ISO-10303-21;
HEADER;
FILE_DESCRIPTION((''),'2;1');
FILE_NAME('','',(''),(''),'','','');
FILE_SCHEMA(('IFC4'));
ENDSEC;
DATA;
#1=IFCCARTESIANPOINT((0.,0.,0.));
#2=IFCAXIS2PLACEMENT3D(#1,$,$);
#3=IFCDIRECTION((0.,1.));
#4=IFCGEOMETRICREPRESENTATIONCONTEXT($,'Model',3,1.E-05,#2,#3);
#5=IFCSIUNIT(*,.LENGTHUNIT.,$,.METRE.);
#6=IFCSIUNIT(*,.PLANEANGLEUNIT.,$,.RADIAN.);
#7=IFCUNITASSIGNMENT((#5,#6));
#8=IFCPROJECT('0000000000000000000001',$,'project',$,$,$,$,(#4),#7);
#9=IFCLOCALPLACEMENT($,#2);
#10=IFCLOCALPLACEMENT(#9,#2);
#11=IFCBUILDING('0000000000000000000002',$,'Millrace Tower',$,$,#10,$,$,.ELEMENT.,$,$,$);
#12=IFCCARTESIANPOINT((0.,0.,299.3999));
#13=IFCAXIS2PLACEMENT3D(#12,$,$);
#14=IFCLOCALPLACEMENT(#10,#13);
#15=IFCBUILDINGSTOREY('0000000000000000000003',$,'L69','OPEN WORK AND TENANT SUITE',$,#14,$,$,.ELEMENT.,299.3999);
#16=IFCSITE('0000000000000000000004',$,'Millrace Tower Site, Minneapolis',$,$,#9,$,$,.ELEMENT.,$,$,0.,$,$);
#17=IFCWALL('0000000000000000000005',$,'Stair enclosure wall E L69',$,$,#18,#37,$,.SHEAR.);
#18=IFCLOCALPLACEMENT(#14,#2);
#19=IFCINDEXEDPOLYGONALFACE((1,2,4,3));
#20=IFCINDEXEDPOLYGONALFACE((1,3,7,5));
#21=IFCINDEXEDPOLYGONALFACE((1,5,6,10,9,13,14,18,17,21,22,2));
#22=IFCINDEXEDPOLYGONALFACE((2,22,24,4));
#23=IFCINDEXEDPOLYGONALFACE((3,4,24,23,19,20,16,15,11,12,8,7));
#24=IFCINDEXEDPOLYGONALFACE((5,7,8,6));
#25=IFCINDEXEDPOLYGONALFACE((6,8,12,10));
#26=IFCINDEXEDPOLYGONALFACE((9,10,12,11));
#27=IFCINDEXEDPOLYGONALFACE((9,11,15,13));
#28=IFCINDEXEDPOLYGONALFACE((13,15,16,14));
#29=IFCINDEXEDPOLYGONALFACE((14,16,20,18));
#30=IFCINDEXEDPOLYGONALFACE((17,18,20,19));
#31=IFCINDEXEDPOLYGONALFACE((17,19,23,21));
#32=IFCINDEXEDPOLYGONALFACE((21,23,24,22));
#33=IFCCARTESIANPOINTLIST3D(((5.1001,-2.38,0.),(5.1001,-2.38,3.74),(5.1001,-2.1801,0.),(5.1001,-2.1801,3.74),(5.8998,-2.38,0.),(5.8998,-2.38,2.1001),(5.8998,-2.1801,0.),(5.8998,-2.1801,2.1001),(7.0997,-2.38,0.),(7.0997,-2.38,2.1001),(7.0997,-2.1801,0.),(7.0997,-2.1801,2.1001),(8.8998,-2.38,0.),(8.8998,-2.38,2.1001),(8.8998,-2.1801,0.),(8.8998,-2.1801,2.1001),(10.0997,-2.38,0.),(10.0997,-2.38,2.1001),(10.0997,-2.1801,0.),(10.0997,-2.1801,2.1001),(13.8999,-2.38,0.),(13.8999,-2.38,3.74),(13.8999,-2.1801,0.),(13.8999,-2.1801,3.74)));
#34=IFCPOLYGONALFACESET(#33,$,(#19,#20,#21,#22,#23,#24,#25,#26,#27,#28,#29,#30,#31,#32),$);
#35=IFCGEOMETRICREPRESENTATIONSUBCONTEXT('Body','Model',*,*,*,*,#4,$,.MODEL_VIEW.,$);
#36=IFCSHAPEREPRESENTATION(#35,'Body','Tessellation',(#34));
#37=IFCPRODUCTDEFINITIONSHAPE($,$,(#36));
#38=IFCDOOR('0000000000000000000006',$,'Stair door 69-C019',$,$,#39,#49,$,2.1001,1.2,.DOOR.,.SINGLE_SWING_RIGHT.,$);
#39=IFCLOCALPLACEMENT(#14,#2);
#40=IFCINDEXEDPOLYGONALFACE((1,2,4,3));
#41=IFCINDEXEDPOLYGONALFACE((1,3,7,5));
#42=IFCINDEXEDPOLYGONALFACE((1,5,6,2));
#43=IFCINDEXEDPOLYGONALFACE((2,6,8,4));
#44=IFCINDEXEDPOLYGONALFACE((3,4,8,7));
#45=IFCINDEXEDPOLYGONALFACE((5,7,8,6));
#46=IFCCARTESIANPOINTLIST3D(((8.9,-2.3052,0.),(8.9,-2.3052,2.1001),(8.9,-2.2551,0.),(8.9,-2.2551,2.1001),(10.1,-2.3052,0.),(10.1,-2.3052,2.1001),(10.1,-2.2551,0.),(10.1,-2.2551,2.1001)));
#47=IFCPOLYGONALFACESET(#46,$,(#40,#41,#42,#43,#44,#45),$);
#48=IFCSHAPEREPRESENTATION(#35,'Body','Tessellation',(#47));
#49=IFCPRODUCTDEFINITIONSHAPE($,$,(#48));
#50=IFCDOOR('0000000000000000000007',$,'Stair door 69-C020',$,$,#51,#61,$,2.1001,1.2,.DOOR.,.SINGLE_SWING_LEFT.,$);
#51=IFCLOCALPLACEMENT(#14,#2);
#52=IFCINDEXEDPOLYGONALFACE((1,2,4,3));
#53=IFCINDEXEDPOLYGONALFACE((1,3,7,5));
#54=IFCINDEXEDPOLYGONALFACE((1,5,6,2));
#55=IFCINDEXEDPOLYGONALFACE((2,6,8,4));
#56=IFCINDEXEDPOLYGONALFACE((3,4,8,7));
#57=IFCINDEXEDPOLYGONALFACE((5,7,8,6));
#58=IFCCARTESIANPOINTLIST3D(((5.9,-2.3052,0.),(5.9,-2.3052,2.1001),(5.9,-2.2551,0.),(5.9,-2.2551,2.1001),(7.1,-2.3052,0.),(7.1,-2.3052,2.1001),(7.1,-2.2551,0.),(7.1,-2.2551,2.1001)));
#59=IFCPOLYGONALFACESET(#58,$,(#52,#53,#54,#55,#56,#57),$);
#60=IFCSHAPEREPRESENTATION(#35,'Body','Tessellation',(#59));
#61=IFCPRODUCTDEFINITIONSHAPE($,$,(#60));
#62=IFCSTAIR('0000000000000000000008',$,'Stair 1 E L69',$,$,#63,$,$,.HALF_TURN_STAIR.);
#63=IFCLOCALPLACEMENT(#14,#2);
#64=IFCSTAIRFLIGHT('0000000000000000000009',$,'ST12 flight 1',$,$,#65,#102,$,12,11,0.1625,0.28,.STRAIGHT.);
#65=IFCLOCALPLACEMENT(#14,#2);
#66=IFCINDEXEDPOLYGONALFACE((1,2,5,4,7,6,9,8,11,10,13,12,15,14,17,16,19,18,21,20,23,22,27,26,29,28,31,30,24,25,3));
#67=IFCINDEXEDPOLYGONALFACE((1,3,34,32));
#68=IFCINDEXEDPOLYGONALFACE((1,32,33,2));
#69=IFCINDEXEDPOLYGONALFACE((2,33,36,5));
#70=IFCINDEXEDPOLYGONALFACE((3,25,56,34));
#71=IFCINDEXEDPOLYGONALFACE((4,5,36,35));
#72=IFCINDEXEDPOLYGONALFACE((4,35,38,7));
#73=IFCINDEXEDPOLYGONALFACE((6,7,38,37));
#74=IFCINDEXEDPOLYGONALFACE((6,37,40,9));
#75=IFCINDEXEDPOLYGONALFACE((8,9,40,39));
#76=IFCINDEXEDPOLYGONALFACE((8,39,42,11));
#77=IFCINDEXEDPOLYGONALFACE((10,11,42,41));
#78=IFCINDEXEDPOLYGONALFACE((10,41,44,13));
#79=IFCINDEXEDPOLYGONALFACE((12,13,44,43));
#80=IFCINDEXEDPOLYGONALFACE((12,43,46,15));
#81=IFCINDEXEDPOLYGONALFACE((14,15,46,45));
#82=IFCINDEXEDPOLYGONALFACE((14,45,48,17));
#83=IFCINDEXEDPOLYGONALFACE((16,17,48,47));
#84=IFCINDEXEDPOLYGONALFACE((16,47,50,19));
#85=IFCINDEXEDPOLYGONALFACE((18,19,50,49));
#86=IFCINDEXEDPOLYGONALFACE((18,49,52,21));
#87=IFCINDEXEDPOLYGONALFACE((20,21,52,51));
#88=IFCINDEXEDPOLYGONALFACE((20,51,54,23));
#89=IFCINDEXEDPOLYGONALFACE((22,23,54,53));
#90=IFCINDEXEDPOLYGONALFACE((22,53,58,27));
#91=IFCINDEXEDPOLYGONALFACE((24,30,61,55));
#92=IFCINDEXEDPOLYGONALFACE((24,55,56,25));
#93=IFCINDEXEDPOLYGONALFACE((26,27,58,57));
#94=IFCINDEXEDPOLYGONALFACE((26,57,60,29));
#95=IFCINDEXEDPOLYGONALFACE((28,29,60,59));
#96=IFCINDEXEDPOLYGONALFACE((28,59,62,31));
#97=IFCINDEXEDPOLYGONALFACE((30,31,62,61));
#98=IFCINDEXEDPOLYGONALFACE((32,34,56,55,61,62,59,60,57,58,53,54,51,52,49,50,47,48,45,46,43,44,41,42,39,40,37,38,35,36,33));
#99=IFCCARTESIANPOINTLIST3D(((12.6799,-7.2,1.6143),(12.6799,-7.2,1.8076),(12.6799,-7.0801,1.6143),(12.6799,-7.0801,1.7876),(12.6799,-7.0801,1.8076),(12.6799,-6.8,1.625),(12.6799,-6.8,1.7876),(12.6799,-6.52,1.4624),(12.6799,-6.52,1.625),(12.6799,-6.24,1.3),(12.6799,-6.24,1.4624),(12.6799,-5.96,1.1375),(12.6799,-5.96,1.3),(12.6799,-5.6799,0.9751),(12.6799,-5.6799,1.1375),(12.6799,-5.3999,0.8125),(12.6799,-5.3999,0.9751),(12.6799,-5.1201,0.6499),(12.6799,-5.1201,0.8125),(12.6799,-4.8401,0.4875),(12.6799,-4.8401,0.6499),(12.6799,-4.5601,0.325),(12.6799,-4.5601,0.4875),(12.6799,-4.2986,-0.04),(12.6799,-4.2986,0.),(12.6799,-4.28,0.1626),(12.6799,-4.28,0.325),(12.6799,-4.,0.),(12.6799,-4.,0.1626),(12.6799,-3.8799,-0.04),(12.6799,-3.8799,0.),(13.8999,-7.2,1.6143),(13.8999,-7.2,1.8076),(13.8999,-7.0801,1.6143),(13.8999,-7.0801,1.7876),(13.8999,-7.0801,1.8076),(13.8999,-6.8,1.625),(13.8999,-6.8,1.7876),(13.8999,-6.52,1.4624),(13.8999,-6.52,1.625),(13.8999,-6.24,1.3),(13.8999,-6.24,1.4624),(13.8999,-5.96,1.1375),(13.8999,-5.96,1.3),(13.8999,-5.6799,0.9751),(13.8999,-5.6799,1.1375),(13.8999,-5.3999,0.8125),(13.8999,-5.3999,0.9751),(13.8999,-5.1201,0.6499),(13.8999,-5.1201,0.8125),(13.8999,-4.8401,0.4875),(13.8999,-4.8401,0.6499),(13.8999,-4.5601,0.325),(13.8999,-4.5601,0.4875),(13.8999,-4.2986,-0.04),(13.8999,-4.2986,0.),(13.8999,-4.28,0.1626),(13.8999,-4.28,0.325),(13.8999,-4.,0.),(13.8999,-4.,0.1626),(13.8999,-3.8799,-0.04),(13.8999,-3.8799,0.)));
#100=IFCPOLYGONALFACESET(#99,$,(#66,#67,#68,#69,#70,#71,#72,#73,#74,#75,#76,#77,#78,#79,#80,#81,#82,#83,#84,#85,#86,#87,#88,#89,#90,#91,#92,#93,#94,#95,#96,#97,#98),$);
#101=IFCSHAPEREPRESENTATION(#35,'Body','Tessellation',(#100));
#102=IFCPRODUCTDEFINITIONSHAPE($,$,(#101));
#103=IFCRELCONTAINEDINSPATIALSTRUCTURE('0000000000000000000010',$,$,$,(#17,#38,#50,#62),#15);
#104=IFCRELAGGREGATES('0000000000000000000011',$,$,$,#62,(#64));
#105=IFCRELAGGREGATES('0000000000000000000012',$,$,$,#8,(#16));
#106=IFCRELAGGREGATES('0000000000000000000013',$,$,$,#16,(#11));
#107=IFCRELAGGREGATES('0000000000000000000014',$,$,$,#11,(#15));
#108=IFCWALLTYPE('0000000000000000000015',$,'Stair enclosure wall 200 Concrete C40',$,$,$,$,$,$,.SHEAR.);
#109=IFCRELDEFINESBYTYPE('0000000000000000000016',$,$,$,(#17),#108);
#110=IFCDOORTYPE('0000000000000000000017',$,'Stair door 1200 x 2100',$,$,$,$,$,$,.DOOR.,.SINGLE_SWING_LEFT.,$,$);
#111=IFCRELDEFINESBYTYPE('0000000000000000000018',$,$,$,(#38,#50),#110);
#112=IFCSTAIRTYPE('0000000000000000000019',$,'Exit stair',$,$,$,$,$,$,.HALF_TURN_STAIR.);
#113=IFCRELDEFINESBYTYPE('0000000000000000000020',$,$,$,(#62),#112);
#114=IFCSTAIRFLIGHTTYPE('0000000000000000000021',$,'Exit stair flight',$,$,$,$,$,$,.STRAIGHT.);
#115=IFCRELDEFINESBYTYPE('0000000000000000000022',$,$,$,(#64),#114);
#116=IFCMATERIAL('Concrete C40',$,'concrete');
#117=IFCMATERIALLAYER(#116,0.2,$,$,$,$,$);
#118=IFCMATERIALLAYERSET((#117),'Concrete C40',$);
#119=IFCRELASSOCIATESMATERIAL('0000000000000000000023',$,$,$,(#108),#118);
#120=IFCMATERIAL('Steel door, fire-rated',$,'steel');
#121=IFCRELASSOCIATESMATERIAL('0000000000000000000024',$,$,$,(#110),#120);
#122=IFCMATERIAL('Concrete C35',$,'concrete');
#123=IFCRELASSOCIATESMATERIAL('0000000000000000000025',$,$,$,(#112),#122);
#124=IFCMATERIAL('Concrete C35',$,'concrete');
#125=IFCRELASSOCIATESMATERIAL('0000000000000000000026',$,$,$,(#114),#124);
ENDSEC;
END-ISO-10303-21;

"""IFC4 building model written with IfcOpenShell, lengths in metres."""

from ifc_helpers import new_model, si_unit, direction, frame, frame_2d, origin, place, context, subcontext, project, spatial, polyline, rectangle, outline, extrude, material, layer, layer_set, type_object, element, fill, aggregate, save


model = new_model("IFC4")

# Units and contexts
model_context = context("Model", 3, precision=1e-05, world=origin(), true_north=direction((0.0, 1.0)))
body_context = subcontext(model_context, "Body", "Model", "MODEL_VIEW")
ifc_project = project(units=[si_unit("LENGTHUNIT", "METRE"), si_unit("PLANEANGLEUNIT", "RADIAN")], contexts=[model_context])

# Site, building, storey
site_placement = place(None, origin())
site = spatial("IfcSite", under=ifc_project, at=site_placement, Name="Millrace Tower Site, Minneapolis", CompositionType="ELEMENT", RefElevation=0.0)
building_placement = place(site_placement, origin())
building = spatial("IfcBuilding", under=site, at=building_placement, Name="Millrace Tower", CompositionType="ELEMENT")
storey_placement = place(building_placement, frame((0.0, 0.0, 299.3999)))
storey = spatial("IfcBuildingStorey", under=building, at=storey_placement, Name="L69", Description="OPEN WORK AND TENANT SUITE", CompositionType="ELEMENT", Elevation=299.3999)

# Shared definitions
placement = place(storey_placement, origin())

# Shared definitions
ifc_material_1 = material(Name="Concrete C40", Category="concrete")
ifc_layer_1 = layer(ifc_material_1, 0.2)
ifc_layer_set_1 = layer_set([ifc_layer_1], Name="Concrete C40")
wall_type_1 = type_object("IfcWallType", Name="Stair enclosure wall 200 Concrete C40", PredefinedType="SHEAR", material=ifc_layer_set_1)

# Wall, openings, doors
wall_1_placement = place(storey_placement, frame((13.8999, -2.28, 0.0), z_axis=(0.0, 0.0, 1.0), x_axis=(-1.0, 0.0, 0.0)))
wall_1 = element("IfcWall", 1, at=wall_1_placement, inside=storey, type_object=wall_type_1, Name="Stair enclosure wall E L69", PredefinedType="SHEAR", context=body_context, shape_type="SweptSolid", body=[
    extrude(rectangle(XDim=8.7998, YDim=0.2, at=frame_2d((4.3999, 0.0))), origin(), (0.0, 0.0, 1.0), 3.74),
])
opening_1_placement = place(wall_1_placement, frame((3.8, 0.0, 0.0)))
opening_1 = element("IfcOpeningElement", 2, at=opening_1_placement, cuts=wall_1, PredefinedType="OPENING", context=body_context, shape_type="SweptSolid", body=[
    extrude(rectangle(XDim=1.2, YDim=2.1001, at=frame_2d((0.6001, 1.05))), frame((0.0, 0.1099, 0.0), z_axis=(0.0, -1.0, 0.0), x_axis=(1.0, 0.0, 0.0)), (0.0, 0.0, 1.0), 0.22),
])
opening_2_placement = place(wall_1_placement, frame((6.8, 0.0, 0.0)))
opening_2 = element("IfcOpeningElement", 3, at=opening_2_placement, cuts=wall_1, PredefinedType="OPENING", context=body_context, shape_type="SweptSolid", body=[
    extrude(rectangle(XDim=1.2, YDim=2.1001, at=frame_2d((0.6001, 1.05))), frame((0.0, 0.1099, 0.0), z_axis=(0.0, -1.0, 0.0), x_axis=(1.0, 0.0, 0.0)), (0.0, 0.0, 1.0), 0.22),
])
ifc_material_2 = material(Name="Steel door, fire-rated", Category="steel")
door_type_1 = type_object("IfcDoorType", Name="Stair door 1200 x 2100", OperationType="SINGLE_SWING_LEFT", PredefinedType="DOOR", material=ifc_material_2)
door_1_placement = place(opening_1_placement, frame((1.2, 0.0, 0.0), z_axis=(0.0, 0.0, 1.0), x_axis=(-1.0, 0.0, 0.0)))
door_1 = element("IfcDoor", 4, at=door_1_placement, inside=storey, type_object=door_type_1, Name="Stair door 69-C019", OperationType="SINGLE_SWING_RIGHT", OverallHeight=2.1001, OverallWidth=1.2, PredefinedType="DOOR", context=body_context, shape_type="SweptSolid", body=[
    extrude(rectangle(XDim=1.2, YDim=2.1001, at=frame_2d((0.6001, 1.05))), frame((0.0, 0.0249, 0.0), z_axis=(0.0, -1.0, 0.0), x_axis=(1.0, 0.0, 0.0)), (0.0, 0.0, 1.0), 0.05),
])
fill(opening_1, door_1)
door_2_placement = place(opening_2_placement, frame((1.2, 0.0, 0.0), z_axis=(0.0, 0.0, 1.0), x_axis=(-1.0, 0.0, 0.0)))
door_2 = element("IfcDoor", 5, at=door_2_placement, inside=storey, type_object=door_type_1, Name="Stair door 69-C020", OperationType="SINGLE_SWING_LEFT", OverallHeight=2.1001, OverallWidth=1.2, PredefinedType="DOOR", context=body_context, shape_type="SweptSolid", body=[
    extrude(rectangle(XDim=1.2, YDim=2.1001, at=frame_2d((0.6001, 1.05))), frame((0.0, 0.0249, 0.0), z_axis=(0.0, -1.0, 0.0), x_axis=(1.0, 0.0, 0.0)), (0.0, 0.0, 1.0), 0.05),
])
fill(opening_2, door_2)

# Stair, stair flight
ifc_material_3 = material(Name="Concrete C35", Category="concrete")
stair_type = type_object("IfcStairType", Name="Exit stair", PredefinedType="HALF_TURN_STAIR", material=ifc_material_3)
stair = element("IfcStair", 6, at=placement, inside=storey, type_object=stair_type, Name="Stair 1 E L69", PredefinedType="HALF_TURN_STAIR")
ifc_material_4 = material(Name="Concrete C35", Category="concrete")
stair_flight_type = type_object("IfcStairFlightType", Name="Exit stair flight", PredefinedType="STRAIGHT", material=ifc_material_4)
stair_flight_placement = place(storey_placement, frame((13.29, -4.0, 0.0), z_axis=(0.0, 0.0, 1.0), x_axis=(0.0, -1.0, 0.0)))
stair_flight = element("IfcStairFlight", 7, at=stair_flight_placement, type_object=stair_flight_type, Name="ST12 flight 1", NumberOfRisers=12, NumberOfTreads=11, PredefinedType="STRAIGHT", RiserHeight=0.1625, TreadLength=0.28, context=body_context, shape_type="SweptSolid", body=[
    extrude(outline(polyline([(-0.1201, -0.04), (-0.1201, 0.0), (0.0, 0.0), (0.0, 0.1626), (0.28, 0.1626), (0.28, 0.325), (0.5601, 0.325), (0.5601, 0.4875), (0.8401, 0.4875), (0.8401, 0.6499), (1.1201, 0.6499), (1.1201, 0.8125), (1.3999, 0.8125), (1.3999, 0.9751), (1.6799, 0.9751), (1.6799, 1.1375), (1.96, 1.1375), (1.96, 1.3), (2.24, 1.3), (2.24, 1.4624), (2.52, 1.4624), (2.52, 1.625), (2.8, 1.625), (2.8, 1.7876), (3.0801, 1.7876), (3.0801, 1.8076), (3.2, 1.8076), (3.2, 1.6143), (3.0801, 1.6143), (0.2986, 0.0), (0.2986, -0.04), (-0.1201, -0.04)])), frame((0.0, 0.6099, 0.0), z_axis=(0.0, -1.0, 0.0), x_axis=(1.0, 0.0, 0.0)), (0.0, 0.0, 1.0), 1.22),
])
aggregate(stair, [stair_flight])

save(model, "model.ifc")
